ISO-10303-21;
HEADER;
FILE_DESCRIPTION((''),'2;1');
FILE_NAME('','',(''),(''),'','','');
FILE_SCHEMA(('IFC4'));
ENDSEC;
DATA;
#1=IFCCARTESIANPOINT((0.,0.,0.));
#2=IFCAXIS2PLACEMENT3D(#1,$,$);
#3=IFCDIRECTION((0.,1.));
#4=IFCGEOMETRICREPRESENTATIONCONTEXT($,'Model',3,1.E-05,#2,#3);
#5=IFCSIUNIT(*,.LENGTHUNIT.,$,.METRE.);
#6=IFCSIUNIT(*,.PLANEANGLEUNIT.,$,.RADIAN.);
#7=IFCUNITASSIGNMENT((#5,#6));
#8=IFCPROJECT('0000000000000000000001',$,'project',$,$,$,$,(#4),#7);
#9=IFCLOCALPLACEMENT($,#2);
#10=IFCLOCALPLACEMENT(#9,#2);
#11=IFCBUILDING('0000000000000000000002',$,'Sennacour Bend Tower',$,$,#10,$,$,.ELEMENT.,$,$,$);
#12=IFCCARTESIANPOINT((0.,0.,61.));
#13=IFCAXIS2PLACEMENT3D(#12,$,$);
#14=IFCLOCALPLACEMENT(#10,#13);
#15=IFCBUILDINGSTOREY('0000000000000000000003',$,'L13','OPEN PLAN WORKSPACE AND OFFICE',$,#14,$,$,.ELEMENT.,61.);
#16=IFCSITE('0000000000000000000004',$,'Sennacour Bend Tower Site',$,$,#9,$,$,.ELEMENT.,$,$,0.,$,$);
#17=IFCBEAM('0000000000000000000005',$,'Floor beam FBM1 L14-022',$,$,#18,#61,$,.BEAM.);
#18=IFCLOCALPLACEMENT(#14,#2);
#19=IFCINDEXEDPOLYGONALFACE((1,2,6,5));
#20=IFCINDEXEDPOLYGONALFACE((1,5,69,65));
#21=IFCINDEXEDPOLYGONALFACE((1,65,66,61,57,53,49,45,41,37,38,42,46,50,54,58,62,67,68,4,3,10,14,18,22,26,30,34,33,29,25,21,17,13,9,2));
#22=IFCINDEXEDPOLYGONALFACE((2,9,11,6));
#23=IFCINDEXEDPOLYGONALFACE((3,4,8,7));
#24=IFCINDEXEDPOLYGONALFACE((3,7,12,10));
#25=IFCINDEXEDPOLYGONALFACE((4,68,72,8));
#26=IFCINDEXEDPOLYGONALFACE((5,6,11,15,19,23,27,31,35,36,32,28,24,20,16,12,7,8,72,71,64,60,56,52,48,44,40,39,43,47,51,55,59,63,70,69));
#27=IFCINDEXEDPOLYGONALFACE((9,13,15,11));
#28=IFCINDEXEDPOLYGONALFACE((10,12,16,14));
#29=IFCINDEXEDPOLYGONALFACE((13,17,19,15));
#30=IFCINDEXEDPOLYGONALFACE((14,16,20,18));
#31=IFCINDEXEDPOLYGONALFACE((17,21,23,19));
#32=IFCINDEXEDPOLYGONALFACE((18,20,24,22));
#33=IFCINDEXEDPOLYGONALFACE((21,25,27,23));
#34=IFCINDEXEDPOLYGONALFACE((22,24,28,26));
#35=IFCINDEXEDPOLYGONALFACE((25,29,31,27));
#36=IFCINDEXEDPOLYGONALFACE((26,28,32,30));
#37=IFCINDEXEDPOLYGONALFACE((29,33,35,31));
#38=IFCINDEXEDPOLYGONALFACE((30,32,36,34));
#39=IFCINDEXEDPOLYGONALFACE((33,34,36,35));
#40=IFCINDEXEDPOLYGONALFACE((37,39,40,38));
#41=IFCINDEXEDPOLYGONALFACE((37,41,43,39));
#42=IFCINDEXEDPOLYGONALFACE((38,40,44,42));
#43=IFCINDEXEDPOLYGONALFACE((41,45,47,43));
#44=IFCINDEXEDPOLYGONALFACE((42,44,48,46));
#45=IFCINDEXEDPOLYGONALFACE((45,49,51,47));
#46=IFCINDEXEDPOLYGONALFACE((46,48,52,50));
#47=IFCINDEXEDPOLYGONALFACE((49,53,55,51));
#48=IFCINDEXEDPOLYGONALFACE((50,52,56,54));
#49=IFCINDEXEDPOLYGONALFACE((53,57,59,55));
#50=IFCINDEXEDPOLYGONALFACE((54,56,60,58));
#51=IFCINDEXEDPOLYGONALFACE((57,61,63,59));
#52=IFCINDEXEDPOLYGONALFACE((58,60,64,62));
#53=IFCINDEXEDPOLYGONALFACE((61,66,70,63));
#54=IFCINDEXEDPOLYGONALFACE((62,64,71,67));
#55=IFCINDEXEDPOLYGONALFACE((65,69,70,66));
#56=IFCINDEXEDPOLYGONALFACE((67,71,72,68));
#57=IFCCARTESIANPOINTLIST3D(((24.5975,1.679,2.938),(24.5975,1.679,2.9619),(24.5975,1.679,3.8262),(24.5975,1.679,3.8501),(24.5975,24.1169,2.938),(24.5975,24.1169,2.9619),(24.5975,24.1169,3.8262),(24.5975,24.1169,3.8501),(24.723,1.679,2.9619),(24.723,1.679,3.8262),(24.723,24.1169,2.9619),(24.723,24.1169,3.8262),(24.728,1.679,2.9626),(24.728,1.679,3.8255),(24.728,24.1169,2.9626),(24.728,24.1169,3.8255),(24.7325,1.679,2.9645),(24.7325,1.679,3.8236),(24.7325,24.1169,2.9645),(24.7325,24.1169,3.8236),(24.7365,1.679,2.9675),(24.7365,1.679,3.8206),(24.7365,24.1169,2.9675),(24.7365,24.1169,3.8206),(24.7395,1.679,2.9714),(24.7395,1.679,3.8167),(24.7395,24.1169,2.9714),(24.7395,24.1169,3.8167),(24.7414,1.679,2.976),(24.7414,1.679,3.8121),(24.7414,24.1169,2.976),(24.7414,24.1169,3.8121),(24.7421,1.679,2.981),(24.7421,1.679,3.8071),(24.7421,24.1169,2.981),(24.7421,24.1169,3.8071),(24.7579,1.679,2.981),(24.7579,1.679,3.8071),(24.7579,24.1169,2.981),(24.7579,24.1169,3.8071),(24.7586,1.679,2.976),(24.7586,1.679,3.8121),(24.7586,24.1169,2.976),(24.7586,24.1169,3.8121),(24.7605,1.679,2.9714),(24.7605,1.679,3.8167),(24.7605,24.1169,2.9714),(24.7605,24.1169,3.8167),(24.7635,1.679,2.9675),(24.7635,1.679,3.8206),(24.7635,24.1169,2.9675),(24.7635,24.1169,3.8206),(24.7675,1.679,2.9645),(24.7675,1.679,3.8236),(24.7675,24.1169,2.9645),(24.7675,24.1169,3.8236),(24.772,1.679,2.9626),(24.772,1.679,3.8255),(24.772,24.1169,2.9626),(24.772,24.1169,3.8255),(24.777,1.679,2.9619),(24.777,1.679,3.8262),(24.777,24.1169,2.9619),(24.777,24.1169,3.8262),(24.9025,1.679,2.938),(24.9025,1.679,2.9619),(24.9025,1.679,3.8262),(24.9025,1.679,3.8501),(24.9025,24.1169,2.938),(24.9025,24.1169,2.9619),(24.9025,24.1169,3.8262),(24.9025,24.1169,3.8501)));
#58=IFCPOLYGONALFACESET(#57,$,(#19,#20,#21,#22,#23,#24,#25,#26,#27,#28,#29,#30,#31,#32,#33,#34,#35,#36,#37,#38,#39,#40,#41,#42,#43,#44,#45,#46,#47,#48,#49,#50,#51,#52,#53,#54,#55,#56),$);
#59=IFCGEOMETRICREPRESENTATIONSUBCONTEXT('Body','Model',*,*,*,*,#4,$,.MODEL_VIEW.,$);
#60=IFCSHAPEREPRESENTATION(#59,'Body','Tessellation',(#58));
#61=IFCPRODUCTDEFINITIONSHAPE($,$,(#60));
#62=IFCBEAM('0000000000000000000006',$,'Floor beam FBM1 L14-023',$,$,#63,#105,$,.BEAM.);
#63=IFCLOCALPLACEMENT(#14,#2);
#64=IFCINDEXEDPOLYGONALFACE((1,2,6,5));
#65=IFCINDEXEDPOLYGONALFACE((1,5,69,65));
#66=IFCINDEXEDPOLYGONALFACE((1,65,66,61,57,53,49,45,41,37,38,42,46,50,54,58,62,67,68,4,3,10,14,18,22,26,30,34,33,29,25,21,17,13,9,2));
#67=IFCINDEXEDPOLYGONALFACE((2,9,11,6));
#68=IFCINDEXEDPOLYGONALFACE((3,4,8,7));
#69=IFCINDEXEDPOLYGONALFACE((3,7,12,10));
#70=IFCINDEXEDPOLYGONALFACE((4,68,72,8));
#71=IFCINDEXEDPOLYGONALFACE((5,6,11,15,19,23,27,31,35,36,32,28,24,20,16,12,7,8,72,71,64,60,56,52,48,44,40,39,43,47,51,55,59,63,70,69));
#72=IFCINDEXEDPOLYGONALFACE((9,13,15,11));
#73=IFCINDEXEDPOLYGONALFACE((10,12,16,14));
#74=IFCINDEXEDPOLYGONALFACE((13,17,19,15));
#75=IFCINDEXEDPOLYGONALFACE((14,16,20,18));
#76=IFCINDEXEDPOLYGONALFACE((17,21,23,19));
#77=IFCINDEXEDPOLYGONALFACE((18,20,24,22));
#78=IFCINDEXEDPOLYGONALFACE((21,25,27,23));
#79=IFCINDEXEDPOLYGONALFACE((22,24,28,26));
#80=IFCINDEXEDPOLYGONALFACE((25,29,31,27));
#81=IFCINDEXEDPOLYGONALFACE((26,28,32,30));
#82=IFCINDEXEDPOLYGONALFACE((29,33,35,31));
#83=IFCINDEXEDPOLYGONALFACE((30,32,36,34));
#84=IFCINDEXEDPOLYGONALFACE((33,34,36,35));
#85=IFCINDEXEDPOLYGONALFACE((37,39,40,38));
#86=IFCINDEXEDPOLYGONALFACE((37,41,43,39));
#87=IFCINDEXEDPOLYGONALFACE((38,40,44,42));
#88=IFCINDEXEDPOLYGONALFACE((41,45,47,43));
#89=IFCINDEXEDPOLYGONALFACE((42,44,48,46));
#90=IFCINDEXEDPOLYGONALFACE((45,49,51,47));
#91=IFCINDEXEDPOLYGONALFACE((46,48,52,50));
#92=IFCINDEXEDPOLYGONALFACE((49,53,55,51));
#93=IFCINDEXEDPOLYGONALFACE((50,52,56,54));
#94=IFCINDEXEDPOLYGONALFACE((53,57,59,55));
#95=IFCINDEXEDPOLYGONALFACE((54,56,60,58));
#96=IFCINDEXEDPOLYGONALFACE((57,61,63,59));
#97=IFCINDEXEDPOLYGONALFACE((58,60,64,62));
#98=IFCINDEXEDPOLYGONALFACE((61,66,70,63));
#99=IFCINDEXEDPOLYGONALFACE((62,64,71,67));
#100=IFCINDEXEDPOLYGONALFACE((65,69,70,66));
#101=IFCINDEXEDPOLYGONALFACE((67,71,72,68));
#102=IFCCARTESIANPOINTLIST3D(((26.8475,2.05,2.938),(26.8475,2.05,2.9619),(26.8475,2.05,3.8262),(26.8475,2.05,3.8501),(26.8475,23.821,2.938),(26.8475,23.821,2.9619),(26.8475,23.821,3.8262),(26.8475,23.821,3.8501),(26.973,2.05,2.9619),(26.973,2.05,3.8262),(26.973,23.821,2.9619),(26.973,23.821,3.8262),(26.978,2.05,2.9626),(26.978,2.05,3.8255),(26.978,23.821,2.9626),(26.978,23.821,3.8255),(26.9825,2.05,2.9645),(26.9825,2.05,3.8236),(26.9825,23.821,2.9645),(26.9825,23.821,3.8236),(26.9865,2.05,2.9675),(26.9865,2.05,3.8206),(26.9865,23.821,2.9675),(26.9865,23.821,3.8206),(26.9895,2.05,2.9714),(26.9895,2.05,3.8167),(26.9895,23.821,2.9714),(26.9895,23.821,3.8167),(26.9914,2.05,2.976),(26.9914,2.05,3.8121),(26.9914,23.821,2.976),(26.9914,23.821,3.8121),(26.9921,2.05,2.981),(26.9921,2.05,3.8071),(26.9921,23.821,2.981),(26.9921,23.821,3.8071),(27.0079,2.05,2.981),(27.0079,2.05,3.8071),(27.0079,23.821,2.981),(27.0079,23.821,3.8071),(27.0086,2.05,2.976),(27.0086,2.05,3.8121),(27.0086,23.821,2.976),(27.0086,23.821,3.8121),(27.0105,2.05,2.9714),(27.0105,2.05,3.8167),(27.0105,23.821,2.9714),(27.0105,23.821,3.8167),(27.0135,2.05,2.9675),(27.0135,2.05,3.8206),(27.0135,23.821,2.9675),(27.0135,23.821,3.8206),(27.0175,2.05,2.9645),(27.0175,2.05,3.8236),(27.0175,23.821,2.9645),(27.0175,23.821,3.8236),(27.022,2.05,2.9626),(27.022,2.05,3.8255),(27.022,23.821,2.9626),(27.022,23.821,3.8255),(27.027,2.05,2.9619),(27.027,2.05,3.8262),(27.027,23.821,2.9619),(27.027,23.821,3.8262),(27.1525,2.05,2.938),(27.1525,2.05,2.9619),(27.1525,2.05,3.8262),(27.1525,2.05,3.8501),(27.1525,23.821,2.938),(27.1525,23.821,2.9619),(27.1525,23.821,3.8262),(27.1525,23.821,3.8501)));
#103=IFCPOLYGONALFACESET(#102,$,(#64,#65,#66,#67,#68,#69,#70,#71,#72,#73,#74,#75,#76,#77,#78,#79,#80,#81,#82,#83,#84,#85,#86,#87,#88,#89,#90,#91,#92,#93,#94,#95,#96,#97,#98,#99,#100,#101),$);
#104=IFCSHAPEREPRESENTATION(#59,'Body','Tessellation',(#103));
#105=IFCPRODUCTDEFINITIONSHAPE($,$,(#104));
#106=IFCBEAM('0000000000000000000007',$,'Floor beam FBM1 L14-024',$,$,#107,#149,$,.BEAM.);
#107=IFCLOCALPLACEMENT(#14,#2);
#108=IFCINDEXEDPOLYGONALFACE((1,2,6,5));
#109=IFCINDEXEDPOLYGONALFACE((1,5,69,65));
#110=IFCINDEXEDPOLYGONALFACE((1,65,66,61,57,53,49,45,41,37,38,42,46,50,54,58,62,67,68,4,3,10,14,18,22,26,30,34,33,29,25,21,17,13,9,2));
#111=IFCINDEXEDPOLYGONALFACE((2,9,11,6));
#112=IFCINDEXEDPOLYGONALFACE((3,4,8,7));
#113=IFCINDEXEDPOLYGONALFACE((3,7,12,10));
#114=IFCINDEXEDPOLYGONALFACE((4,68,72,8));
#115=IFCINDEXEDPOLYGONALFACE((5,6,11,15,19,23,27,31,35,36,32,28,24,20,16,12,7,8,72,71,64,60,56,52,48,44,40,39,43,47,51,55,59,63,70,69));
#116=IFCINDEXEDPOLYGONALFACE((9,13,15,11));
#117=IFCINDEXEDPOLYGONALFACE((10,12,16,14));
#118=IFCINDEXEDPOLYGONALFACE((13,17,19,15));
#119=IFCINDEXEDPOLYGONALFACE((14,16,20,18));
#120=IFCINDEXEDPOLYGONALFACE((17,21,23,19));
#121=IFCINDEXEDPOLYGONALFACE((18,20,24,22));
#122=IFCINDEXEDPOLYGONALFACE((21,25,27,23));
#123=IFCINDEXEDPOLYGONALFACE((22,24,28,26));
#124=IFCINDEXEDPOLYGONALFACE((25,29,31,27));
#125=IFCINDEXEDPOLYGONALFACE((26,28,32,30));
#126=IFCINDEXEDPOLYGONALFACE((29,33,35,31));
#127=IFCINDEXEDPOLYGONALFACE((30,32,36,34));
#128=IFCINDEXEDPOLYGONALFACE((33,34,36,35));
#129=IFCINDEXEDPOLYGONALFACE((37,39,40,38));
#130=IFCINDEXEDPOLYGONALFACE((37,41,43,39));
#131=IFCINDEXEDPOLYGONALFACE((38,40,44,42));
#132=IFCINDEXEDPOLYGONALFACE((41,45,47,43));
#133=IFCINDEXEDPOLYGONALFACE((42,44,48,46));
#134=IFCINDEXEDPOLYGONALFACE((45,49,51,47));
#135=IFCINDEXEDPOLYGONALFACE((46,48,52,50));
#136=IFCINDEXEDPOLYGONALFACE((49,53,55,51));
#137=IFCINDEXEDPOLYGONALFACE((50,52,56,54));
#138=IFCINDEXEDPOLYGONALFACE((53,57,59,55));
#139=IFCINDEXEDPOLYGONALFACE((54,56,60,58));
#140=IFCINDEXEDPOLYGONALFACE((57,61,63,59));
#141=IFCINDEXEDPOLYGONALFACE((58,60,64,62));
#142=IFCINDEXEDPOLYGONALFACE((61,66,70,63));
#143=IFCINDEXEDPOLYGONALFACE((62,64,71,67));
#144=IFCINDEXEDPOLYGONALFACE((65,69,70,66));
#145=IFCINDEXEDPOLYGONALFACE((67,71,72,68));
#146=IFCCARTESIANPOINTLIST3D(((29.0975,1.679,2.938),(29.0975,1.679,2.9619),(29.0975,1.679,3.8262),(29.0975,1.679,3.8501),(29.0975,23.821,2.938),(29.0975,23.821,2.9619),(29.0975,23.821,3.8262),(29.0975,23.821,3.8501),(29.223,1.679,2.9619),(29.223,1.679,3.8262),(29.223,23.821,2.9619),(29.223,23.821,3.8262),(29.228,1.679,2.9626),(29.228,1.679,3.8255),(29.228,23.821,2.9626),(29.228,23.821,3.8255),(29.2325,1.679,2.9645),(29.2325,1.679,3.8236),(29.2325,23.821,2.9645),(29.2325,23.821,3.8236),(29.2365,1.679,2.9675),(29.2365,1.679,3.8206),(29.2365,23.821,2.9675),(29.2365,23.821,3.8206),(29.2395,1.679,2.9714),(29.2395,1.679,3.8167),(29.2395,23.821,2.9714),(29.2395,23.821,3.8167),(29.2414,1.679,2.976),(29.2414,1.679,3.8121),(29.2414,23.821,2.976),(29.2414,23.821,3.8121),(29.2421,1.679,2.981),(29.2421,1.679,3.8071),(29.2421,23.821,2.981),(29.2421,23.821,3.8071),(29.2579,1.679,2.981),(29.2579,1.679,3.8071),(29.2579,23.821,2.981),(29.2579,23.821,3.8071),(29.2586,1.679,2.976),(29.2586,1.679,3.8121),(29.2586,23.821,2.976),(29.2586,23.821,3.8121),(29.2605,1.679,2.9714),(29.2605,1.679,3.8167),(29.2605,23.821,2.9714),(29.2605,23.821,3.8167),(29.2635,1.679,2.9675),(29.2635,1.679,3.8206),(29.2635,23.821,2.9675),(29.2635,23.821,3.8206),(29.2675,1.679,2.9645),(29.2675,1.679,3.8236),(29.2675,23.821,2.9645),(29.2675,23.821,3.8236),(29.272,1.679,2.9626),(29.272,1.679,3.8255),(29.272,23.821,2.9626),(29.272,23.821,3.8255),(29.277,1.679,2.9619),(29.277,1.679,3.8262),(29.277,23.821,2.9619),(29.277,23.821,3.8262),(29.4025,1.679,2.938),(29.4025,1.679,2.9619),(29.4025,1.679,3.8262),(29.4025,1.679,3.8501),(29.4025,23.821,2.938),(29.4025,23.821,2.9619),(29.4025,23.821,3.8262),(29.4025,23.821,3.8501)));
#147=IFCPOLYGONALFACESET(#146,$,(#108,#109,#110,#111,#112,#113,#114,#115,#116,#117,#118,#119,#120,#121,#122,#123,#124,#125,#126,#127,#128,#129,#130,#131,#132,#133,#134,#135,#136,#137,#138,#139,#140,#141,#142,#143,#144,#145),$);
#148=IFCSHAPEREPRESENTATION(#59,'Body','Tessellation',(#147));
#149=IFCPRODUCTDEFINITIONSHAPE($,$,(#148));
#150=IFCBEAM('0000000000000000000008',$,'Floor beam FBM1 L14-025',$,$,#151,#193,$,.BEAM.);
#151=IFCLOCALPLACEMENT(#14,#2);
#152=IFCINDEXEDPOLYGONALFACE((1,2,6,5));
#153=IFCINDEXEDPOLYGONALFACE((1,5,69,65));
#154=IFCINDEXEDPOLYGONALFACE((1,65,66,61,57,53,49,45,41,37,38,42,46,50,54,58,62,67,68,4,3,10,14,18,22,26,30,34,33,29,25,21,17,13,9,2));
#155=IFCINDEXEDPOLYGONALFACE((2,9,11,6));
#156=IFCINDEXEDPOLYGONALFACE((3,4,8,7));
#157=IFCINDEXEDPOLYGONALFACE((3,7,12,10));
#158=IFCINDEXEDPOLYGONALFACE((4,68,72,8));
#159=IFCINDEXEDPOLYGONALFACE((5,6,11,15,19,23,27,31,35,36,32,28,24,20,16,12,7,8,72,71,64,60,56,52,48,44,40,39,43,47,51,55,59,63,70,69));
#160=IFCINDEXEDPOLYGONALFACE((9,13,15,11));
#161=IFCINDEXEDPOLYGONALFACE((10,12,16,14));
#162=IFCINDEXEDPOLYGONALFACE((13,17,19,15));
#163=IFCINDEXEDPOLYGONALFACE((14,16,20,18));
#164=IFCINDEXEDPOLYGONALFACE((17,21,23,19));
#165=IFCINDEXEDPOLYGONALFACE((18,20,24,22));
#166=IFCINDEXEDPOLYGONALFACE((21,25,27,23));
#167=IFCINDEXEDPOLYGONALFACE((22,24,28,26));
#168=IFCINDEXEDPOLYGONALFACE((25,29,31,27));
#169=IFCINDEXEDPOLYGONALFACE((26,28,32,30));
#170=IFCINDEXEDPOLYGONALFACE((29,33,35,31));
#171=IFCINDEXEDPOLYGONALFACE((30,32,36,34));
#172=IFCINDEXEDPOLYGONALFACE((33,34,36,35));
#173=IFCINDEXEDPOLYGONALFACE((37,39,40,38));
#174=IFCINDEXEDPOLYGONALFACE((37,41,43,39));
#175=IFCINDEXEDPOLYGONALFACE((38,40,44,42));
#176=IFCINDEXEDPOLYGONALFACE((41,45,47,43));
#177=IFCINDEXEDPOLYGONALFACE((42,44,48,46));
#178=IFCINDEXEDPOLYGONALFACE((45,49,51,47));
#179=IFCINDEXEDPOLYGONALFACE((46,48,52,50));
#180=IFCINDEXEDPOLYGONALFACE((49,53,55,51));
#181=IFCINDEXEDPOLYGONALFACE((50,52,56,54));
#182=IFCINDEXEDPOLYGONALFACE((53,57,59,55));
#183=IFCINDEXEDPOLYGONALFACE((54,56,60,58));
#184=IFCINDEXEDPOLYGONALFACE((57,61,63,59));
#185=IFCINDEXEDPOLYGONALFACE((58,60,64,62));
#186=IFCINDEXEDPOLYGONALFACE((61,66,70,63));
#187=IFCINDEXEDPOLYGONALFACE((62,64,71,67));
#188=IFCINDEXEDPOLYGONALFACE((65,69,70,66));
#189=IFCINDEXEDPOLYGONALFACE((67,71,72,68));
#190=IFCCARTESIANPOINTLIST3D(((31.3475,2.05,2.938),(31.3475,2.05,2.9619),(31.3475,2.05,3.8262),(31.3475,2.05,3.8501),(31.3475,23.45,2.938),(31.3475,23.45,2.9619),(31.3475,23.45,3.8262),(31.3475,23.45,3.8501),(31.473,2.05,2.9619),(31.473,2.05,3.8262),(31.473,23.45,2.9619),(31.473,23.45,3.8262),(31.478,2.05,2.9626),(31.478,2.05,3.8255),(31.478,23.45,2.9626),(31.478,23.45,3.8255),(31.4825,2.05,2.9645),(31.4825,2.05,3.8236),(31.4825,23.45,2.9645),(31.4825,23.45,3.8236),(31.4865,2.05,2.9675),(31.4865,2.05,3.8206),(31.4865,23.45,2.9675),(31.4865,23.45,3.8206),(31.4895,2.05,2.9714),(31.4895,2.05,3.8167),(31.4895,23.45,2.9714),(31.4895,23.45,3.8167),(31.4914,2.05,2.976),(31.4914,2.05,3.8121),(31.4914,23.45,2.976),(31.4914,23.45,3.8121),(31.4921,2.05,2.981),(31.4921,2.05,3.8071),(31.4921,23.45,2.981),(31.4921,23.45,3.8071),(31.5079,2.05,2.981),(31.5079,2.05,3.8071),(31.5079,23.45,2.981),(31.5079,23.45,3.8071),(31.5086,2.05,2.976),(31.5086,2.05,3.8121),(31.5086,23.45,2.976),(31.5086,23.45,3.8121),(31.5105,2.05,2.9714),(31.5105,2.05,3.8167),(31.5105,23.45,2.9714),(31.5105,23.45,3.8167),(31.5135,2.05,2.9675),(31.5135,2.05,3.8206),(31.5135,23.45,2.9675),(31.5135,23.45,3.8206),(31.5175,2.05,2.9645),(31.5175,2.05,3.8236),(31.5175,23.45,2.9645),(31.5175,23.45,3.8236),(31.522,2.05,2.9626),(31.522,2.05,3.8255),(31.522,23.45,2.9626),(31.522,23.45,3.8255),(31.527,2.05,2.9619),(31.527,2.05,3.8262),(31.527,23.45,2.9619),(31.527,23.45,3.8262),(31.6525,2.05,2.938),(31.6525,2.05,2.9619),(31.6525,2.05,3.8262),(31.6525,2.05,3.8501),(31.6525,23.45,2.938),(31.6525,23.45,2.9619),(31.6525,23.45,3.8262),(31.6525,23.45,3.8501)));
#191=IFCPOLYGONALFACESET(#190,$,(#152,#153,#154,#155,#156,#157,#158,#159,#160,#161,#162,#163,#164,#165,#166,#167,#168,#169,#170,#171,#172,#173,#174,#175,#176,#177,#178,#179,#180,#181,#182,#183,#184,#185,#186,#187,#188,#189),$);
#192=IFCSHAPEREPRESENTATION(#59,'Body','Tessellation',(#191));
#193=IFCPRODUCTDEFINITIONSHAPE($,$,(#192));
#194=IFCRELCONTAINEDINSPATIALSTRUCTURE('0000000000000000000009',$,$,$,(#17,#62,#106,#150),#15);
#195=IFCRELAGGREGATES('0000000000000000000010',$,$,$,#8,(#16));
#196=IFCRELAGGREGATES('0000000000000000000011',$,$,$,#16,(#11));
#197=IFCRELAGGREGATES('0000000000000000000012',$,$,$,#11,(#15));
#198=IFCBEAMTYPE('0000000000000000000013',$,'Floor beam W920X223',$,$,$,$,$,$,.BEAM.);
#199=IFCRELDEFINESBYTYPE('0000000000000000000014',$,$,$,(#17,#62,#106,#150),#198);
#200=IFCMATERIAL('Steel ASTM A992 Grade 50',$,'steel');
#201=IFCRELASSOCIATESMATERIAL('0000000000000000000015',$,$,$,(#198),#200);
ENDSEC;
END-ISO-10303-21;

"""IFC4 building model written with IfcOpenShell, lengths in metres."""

from ifc_helpers import new_model, si_unit, direction, frame, origin, origin_2d, place, context, subcontext, project, spatial, i_section, extrude, material, material_profile, profile_set, type_object, element, save


model = new_model("IFC4")

# Units and contexts
model_context = context("Model", 3, precision=1e-05, world=origin(), true_north=direction((0.0, 1.0)))
body_context = subcontext(model_context, "Body", "Model", "MODEL_VIEW")
ifc_project = project(units=[si_unit("LENGTHUNIT", "METRE"), si_unit("PLANEANGLEUNIT", "RADIAN")], contexts=[model_context])

# Site, building, storey
site_placement = place(None, origin())
site = spatial("IfcSite", under=ifc_project, at=site_placement, Name="Sennacour Bend Tower Site", CompositionType="ELEMENT", RefElevation=0.0)
building_placement = place(site_placement, origin())
building = spatial("IfcBuilding", under=site, at=building_placement, Name="Sennacour Bend Tower", CompositionType="ELEMENT")
storey_placement = place(building_placement, frame((0.0, 0.0, 61.0)))
storey = spatial("IfcBuildingStorey", under=building, at=storey_placement, Name="L13", Description="OPEN PLAN WORKSPACE AND OFFICE", CompositionType="ELEMENT", Elevation=61.0)

# Beams
ifc_material_1 = material(Name="Steel ASTM A992 Grade 50", Category="steel")
ifc_material_profile_1 = material_profile(ifc_material_1, i_section(OverallWidth=0.3049, OverallDepth=0.9121, WebThickness=0.0159, FlangeThickness=0.0239, FilletRadius=0.019, at=origin_2d()), Name="Steel ASTM A992 Grade 50", Category="steel")
ifc_profile_set_1 = profile_set([ifc_material_profile_1], Name="Steel ASTM A992 Grade 50")
beam_type_1 = type_object("IfcBeamType", Name="Floor beam W920X223", PredefinedType="BEAM", material=ifc_profile_set_1)
beam_1_placement = place(storey_placement, frame((24.75, 1.679, 3.394), z_axis=(0.0, 1.0, 0.0), x_axis=(-1.0, 0.0, 0.0)))
element("IfcBeam", 1, at=beam_1_placement, inside=storey, type_object=beam_type_1, Name="Floor beam FBM1 L14-022", PredefinedType="BEAM", context=body_context, shape_type="SweptSolid", body=[
    extrude(i_section(OverallWidth=0.3049, OverallDepth=0.9121, WebThickness=0.0159, FlangeThickness=0.0239, FilletRadius=0.019, at=origin_2d()), origin(), (0.0, 0.0, 1.0), 22.438),
])
beam_2_placement = place(storey_placement, frame((27.0, 2.05, 3.394), z_axis=(0.0, 1.0, 0.0), x_axis=(-1.0, 0.0, 0.0)))
element("IfcBeam", 2, at=beam_2_placement, inside=storey, type_object=beam_type_1, Name="Floor beam FBM1 L14-023", PredefinedType="BEAM", context=body_context, shape_type="SweptSolid", body=[
    extrude(i_section(OverallWidth=0.3049, OverallDepth=0.9121, WebThickness=0.0159, FlangeThickness=0.0239, FilletRadius=0.019, at=origin_2d()), origin(), (0.0, 0.0, 1.0), 21.771),
])
beam_3_placement = place(storey_placement, frame((29.25, 1.679, 3.394), z_axis=(0.0, 1.0, 0.0), x_axis=(-1.0, 0.0, 0.0)))
element("IfcBeam", 3, at=beam_3_placement, inside=storey, type_object=beam_type_1, Name="Floor beam FBM1 L14-024", PredefinedType="BEAM", context=body_context, shape_type="SweptSolid", body=[
    extrude(i_section(OverallWidth=0.3049, OverallDepth=0.9121, WebThickness=0.0159, FlangeThickness=0.0239, FilletRadius=0.019, at=origin_2d()), origin(), (0.0, 0.0, 1.0), 22.1421),
])
beam_4_placement = place(storey_placement, frame((31.5, 2.05, 3.394), z_axis=(0.0, 1.0, 0.0), x_axis=(-1.0, 0.0, 0.0)))
element("IfcBeam", 4, at=beam_4_placement, inside=storey, type_object=beam_type_1, Name="Floor beam FBM1 L14-025", PredefinedType="BEAM", context=body_context, shape_type="SweptSolid", body=[
    extrude(i_section(OverallWidth=0.3049, OverallDepth=0.9121, WebThickness=0.0159, FlangeThickness=0.0239, FilletRadius=0.019, at=origin_2d()), origin(), (0.0, 0.0, 1.0), 21.3999),
])

save(model, "model.ifc")
